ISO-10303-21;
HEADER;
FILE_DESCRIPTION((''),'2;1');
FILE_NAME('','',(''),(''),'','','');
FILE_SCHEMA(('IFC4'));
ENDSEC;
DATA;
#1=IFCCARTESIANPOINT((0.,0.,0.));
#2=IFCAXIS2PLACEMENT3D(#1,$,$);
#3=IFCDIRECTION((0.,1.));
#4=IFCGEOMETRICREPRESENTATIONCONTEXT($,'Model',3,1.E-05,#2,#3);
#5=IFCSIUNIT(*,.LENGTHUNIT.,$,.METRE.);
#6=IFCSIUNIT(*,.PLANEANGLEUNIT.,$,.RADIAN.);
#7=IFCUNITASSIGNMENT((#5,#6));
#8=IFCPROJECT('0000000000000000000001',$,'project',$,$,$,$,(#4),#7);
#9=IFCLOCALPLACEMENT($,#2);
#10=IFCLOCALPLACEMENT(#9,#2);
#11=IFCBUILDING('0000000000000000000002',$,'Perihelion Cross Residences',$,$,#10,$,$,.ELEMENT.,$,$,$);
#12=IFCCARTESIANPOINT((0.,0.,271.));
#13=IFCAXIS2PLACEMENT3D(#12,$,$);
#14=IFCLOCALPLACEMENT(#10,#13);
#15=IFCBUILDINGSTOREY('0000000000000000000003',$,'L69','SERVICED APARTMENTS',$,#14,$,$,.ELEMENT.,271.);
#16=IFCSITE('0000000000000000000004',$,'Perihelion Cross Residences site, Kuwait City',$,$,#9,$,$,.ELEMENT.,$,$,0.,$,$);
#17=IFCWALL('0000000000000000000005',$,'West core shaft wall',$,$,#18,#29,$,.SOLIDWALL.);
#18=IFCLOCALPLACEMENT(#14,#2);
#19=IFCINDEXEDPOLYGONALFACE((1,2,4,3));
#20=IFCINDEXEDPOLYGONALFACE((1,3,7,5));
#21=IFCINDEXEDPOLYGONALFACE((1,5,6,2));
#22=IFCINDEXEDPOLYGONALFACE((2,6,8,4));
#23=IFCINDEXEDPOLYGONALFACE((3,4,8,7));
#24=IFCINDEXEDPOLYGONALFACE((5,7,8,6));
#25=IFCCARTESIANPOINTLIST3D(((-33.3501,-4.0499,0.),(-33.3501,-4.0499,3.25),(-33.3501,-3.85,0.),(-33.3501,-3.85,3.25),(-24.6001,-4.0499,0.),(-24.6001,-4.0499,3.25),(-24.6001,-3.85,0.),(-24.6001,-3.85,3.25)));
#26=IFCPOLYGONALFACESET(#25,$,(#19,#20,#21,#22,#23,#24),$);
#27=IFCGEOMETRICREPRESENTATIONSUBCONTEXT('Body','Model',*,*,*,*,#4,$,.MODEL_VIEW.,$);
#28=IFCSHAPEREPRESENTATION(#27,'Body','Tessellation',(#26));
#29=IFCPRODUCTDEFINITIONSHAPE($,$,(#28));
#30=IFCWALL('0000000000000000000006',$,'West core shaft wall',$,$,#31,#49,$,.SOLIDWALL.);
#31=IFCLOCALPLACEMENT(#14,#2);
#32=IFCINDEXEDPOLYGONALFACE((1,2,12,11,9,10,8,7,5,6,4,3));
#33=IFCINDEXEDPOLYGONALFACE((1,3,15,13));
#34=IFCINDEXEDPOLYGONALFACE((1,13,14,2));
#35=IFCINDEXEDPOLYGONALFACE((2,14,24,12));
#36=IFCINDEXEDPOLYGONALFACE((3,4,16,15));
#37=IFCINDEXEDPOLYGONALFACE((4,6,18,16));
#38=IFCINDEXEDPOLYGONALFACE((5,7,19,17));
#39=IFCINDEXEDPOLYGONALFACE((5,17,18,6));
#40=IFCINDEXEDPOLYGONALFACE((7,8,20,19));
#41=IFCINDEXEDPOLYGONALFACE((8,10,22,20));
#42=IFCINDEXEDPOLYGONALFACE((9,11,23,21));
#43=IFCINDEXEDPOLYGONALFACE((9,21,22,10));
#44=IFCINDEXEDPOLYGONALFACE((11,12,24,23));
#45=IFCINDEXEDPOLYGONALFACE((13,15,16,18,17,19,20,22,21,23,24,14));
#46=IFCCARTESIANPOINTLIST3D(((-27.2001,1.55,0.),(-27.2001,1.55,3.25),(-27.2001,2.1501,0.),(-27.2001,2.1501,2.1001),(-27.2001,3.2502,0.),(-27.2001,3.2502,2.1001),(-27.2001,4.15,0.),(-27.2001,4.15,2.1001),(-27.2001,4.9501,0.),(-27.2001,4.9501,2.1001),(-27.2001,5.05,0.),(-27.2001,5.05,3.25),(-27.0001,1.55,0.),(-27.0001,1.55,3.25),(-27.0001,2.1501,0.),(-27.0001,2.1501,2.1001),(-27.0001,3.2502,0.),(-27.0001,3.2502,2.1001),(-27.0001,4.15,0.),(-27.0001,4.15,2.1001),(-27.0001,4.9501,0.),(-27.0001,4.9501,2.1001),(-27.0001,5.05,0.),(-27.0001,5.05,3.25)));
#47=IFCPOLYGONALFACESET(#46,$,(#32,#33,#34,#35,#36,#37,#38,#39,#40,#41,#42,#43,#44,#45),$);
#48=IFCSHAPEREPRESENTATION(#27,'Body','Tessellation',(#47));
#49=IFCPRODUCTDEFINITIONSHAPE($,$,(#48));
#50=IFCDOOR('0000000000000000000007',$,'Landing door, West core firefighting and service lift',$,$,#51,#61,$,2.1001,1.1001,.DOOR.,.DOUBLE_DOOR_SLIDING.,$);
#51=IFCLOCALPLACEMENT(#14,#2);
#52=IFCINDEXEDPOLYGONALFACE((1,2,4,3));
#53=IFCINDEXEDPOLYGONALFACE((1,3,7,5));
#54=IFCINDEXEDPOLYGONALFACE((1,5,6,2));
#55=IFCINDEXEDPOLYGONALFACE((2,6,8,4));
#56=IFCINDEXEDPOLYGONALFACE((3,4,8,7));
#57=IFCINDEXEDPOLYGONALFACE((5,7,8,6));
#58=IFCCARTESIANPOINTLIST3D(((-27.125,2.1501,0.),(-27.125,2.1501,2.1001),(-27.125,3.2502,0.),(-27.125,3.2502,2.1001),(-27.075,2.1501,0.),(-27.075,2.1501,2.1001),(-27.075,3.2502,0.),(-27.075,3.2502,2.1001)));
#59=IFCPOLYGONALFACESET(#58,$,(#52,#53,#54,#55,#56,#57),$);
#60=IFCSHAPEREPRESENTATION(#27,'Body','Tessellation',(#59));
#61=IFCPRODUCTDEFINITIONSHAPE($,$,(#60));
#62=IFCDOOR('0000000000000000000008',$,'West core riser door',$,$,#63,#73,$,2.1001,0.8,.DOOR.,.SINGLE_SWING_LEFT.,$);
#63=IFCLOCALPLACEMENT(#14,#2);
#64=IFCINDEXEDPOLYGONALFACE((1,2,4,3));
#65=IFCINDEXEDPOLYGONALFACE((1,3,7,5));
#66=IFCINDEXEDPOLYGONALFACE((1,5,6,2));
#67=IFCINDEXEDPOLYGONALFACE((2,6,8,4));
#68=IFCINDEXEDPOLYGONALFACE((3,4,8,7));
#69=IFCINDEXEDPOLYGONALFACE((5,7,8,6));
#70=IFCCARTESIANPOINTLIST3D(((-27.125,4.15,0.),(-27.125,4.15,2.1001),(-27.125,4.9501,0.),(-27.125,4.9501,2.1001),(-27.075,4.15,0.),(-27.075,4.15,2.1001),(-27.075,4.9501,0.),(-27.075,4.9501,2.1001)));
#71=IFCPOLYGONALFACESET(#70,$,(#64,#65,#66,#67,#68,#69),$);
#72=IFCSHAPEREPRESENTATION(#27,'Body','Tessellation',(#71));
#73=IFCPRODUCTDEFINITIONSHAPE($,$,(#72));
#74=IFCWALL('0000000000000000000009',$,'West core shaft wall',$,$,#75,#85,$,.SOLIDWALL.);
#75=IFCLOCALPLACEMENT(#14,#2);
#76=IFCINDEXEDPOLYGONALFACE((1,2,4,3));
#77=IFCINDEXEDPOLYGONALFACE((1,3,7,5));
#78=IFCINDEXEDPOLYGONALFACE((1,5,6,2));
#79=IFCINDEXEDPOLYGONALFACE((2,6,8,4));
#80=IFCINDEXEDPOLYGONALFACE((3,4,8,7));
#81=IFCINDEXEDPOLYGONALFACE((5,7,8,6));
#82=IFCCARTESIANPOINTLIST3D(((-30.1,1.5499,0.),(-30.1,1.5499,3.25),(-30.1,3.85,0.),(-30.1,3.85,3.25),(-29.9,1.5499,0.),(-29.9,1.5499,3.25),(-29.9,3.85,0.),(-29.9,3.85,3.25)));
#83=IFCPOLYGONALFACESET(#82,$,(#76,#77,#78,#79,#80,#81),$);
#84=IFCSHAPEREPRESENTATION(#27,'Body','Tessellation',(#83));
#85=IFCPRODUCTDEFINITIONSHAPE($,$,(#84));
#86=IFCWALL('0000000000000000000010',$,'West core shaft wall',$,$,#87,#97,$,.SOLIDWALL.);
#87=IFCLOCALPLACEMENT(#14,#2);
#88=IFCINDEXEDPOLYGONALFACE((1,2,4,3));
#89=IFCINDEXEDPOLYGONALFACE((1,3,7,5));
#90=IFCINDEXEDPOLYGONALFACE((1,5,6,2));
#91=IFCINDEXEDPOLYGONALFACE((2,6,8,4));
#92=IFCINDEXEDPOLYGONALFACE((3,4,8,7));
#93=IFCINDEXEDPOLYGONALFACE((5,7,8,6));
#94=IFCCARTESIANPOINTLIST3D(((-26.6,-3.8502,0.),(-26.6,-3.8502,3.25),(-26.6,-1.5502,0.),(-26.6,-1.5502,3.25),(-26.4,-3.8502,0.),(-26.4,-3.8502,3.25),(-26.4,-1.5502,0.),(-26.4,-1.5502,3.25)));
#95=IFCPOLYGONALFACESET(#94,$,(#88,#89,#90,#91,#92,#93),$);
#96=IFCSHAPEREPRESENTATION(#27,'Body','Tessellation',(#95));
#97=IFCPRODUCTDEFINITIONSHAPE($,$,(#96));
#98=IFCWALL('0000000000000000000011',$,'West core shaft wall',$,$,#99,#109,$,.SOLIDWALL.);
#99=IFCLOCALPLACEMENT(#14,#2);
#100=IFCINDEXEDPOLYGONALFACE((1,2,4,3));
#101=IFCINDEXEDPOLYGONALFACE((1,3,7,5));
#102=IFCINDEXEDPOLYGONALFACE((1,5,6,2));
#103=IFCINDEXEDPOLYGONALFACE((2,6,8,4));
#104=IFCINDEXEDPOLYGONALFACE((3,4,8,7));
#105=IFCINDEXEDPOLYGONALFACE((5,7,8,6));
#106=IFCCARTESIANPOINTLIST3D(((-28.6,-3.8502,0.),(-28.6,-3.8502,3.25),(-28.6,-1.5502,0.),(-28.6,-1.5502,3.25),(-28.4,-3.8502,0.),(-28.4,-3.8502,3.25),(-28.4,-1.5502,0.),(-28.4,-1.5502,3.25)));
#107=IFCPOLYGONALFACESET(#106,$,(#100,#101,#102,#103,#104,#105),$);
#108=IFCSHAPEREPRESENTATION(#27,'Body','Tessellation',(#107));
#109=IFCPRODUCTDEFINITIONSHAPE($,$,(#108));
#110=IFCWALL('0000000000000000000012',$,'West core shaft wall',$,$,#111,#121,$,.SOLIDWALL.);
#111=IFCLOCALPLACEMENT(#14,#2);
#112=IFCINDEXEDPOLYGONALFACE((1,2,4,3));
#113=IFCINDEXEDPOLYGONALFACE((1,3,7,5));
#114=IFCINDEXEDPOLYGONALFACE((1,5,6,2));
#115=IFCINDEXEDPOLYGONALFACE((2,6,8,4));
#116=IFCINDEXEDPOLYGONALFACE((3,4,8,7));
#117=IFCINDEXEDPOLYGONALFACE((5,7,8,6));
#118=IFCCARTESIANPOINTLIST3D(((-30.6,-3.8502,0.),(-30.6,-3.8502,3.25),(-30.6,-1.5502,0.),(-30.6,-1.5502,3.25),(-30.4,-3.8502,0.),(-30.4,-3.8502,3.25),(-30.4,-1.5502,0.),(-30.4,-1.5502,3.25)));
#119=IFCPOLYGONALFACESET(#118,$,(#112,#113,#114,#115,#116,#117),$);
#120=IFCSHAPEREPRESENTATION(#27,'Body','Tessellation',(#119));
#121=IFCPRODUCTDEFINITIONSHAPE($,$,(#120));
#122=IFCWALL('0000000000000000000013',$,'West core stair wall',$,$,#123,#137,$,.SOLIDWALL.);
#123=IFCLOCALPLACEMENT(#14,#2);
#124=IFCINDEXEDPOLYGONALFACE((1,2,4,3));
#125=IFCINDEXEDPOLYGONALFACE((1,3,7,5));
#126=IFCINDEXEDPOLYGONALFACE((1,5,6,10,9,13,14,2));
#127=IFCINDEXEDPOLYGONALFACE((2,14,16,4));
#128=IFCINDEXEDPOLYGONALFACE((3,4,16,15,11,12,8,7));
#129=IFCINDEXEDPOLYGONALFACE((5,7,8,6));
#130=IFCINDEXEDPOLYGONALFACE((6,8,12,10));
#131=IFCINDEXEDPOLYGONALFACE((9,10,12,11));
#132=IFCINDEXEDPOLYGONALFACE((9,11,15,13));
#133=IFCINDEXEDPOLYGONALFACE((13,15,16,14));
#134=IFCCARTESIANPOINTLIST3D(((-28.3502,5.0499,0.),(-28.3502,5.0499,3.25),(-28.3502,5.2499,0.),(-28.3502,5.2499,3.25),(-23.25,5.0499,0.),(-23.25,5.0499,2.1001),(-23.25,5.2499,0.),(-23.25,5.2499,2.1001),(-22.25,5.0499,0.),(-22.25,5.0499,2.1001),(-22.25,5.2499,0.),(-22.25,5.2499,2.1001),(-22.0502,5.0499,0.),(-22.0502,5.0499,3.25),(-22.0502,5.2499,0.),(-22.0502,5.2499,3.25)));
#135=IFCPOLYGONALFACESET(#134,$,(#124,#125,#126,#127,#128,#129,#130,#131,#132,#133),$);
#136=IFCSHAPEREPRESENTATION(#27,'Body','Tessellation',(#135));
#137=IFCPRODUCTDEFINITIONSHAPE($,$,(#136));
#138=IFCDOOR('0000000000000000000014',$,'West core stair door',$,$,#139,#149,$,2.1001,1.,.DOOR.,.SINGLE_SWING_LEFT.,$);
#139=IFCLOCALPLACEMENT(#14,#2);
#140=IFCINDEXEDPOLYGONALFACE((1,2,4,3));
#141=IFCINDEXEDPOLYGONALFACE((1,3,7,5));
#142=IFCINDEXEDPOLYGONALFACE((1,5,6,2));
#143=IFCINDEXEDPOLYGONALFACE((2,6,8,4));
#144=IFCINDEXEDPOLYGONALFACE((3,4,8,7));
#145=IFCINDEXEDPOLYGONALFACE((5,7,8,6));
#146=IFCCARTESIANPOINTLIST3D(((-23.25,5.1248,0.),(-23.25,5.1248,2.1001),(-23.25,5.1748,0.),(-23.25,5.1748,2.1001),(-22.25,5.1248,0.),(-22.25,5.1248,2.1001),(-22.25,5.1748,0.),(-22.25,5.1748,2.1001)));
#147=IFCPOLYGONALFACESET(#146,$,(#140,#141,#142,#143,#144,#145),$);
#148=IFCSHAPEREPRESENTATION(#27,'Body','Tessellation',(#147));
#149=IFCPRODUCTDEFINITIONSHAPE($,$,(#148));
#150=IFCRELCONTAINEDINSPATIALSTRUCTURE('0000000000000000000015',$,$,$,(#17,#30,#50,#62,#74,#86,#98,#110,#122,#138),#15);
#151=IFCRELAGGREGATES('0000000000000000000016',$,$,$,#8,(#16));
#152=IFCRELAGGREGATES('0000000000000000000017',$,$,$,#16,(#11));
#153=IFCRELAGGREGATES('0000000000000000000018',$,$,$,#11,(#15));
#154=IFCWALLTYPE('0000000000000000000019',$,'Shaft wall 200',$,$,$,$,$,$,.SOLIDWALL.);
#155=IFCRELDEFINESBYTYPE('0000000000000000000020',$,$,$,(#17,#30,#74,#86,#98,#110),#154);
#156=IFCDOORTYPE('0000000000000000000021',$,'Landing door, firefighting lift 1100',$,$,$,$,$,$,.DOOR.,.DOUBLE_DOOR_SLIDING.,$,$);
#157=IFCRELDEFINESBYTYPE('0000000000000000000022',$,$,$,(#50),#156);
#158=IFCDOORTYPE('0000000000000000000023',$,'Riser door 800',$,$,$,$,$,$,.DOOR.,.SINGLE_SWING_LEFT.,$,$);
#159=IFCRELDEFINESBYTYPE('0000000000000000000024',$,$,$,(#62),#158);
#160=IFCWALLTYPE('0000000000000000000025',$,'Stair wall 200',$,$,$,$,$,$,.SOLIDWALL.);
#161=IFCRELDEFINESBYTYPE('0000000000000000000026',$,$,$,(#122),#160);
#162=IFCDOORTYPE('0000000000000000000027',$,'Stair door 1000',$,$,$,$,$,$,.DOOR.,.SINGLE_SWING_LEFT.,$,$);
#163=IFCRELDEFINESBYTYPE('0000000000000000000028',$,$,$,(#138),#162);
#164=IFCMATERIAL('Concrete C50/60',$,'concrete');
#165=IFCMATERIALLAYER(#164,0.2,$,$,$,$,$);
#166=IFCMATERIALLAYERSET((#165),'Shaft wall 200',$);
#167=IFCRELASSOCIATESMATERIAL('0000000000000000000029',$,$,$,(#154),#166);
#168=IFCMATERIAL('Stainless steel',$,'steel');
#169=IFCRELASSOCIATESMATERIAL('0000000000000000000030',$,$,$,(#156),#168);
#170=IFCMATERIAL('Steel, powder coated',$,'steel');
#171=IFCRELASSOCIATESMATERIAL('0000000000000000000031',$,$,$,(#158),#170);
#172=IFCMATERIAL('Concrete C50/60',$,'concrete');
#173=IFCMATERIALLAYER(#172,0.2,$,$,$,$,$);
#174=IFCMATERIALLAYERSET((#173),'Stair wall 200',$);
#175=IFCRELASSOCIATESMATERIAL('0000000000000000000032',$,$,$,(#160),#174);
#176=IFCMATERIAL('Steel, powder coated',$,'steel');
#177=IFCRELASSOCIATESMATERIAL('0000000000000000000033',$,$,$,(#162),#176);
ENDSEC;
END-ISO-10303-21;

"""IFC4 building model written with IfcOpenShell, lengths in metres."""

from ifc_helpers import new_model, si_unit, direction, frame, frame_2d, origin, place, context, subcontext, project, spatial, rectangle, extrude, material, layer, layer_set, type_object, element, fill, save


model = new_model("IFC4")

# Units and contexts
model_context = context("Model", 3, precision=1e-05, world=origin(), true_north=direction((0.0, 1.0)))
body_context = subcontext(model_context, "Body", "Model", "MODEL_VIEW")
ifc_project = project(units=[si_unit("LENGTHUNIT", "METRE"), si_unit("PLANEANGLEUNIT", "RADIAN")], contexts=[model_context])

# Site, building, storey
site_placement = place(None, origin())
site = spatial("IfcSite", under=ifc_project, at=site_placement, Name="Perihelion Cross Residences site, Kuwait City", CompositionType="ELEMENT", RefElevation=0.0)
building_placement = place(site_placement, origin())
building = spatial("IfcBuilding", under=site, at=building_placement, Name="Perihelion Cross Residences", CompositionType="ELEMENT")
storey_placement = place(building_placement, frame((0.0, 0.0, 271.0)))
storey = spatial("IfcBuildingStorey", under=building, at=storey_placement, Name="L69", Description="SERVICED APARTMENTS", CompositionType="ELEMENT", Elevation=271.0)

# Shared definitions
ifc_material_1 = material(Name="Concrete C50/60", Category="concrete")
ifc_layer_1 = layer(ifc_material_1, 0.2)
ifc_layer_set_1 = layer_set([ifc_layer_1], Name="Shaft wall 200")
wall_type_1 = type_object("IfcWallType", Name="Shaft wall 200", PredefinedType="SOLIDWALL", material=ifc_layer_set_1)

# Wall
wall_1_placement = place(storey_placement, frame((-33.3501, -3.95, 0.0), z_axis=(0.0, 0.0, 1.0), x_axis=(1.0, 0.0, 0.0)))
element("IfcWall", 1, at=wall_1_placement, inside=storey, type_object=wall_type_1, Name="West core shaft wall", PredefinedType="SOLIDWALL", context=body_context, shape_type="SweptSolid", body=[
    extrude(rectangle(XDim=8.75, YDim=0.2, at=frame_2d((4.375, 0.0))), origin(), (0.0, 0.0, 1.0), 3.25),
])

# Wall, openings, doors
wall_2_placement = place(storey_placement, frame((-27.1001, 1.55, 0.0), z_axis=(0.0, 0.0, 1.0), x_axis=(0.0, 1.0, 0.0)))
wall_2 = element("IfcWall", 2, at=wall_2_placement, inside=storey, type_object=wall_type_1, Name="West core shaft wall", PredefinedType="SOLIDWALL", context=body_context, shape_type="SweptSolid", body=[
    extrude(rectangle(XDim=3.5, YDim=0.2, at=frame_2d((1.75, 0.0))), origin(), (0.0, 0.0, 1.0), 3.25),
])
opening_1_placement = place(wall_2_placement, frame((0.6001, 0.0, 0.0)))
opening_1 = element("IfcOpeningElement", 3, at=opening_1_placement, cuts=wall_2, PredefinedType="OPENING", context=body_context, shape_type="SweptSolid", body=[
    extrude(rectangle(XDim=1.1001, YDim=2.1001, at=frame_2d((0.55, 1.05))), frame((0.0, 0.1099, 0.0), z_axis=(0.0, -1.0, 0.0), x_axis=(1.0, 0.0, 0.0)), (0.0, 0.0, 1.0), 0.22),
])
opening_2_placement = place(wall_2_placement, frame((2.6001, 0.0, 0.0)))
opening_2 = element("IfcOpeningElement", 4, at=opening_2_placement, cuts=wall_2, PredefinedType="OPENING", context=body_context, shape_type="SweptSolid", body=[
    extrude(rectangle(XDim=0.8, YDim=2.1001, at=frame_2d((0.3999, 1.05))), frame((0.0, 0.1099, 0.0), z_axis=(0.0, -1.0, 0.0), x_axis=(1.0, 0.0, 0.0)), (0.0, 0.0, 1.0), 0.22),
])
ifc_material_2 = material(Name="Stainless steel", Category="steel")
door_type_1 = type_object("IfcDoorType", Name="Landing door, firefighting lift 1100", OperationType="DOUBLE_DOOR_SLIDING", PredefinedType="DOOR", material=ifc_material_2)
door_1_placement = place(opening_1_placement, origin())
door_1 = element("IfcDoor", 5, at=door_1_placement, inside=storey, type_object=door_type_1, Name="Landing door, West core firefighting and service lift", OperationType="DOUBLE_DOOR_SLIDING", OverallHeight=2.1001, OverallWidth=1.1001, PredefinedType="DOOR", context=body_context, shape_type="SweptSolid", body=[
    extrude(rectangle(XDim=1.1001, YDim=2.1001, at=frame_2d((0.55, 1.05))), frame((0.0, 0.0249, 0.0), z_axis=(0.0, -1.0, 0.0), x_axis=(1.0, 0.0, 0.0)), (0.0, 0.0, 1.0), 0.05),
])
fill(opening_1, door_1)
ifc_material_3 = material(Name="Steel, powder coated", Category="steel")
door_type_2 = type_object("IfcDoorType", Name="Riser door 800", OperationType="SINGLE_SWING_LEFT", PredefinedType="DOOR", material=ifc_material_3)
door_2_placement = place(opening_2_placement, origin())
door_2 = element("IfcDoor", 6, at=door_2_placement, inside=storey, type_object=door_type_2, Name="West core riser door", OperationType="SINGLE_SWING_LEFT", OverallHeight=2.1001, OverallWidth=0.8, PredefinedType="DOOR", context=body_context, shape_type="SweptSolid", body=[
    extrude(rectangle(XDim=0.8, YDim=2.1001, at=frame_2d((0.3999, 1.05))), frame((0.0, 0.0249, 0.0), z_axis=(0.0, -1.0, 0.0), x_axis=(1.0, 0.0, 0.0)), (0.0, 0.0, 1.0), 0.05),
])
fill(opening_2, door_2)

# Walls
for number, where, z_axis, x_axis, name in (
    (7, (-30.0, 1.55, 0.0), (0.0, 0.0, 1.0), (0.0, 1.0, 0.0), "West core shaft wall"),
    (8, (-26.5, -3.8501, 0.0), (0.0, 0.0, 1.0), (0.0, 1.0, 0.0), "West core shaft wall"),
    (9, (-28.5, -3.8501, 0.0), (0.0, 0.0, 1.0), (0.0, 1.0, 0.0), "West core shaft wall"),
    (10, (-30.5, -3.8501, 0.0), (0.0, 0.0, 1.0), (0.0, 1.0, 0.0), "West core shaft wall"),
):
    element("IfcWall", number, at=place(storey_placement, frame(where, z_axis=z_axis, x_axis=x_axis)), inside=storey, type_object=wall_type_1, Name=name, PredefinedType="SOLIDWALL", context=body_context, shape_type="SweptSolid", body=[
        extrude(rectangle(XDim=2.3, YDim=0.2, at=frame_2d((1.1499, 0.0))), origin(), (0.0, 0.0, 1.0), 3.25),
    ])

# Wall, opening, door
ifc_material_4 = material(Name="Concrete C50/60", Category="concrete")
ifc_layer_2 = layer(ifc_material_4, 0.2)
ifc_layer_set_2 = layer_set([ifc_layer_2], Name="Stair wall 200")
wall_type_2 = type_object("IfcWallType", Name="Stair wall 200", PredefinedType="SOLIDWALL", material=ifc_layer_set_2)
wall_3_placement = place(storey_placement, frame((-28.3501, 5.1499, 0.0), z_axis=(0.0, 0.0, 1.0), x_axis=(1.0, 0.0, 0.0)))
wall_3 = element("IfcWall", 11, at=wall_3_placement, inside=storey, type_object=wall_type_2, Name="West core stair wall", PredefinedType="SOLIDWALL", context=body_context, shape_type="SweptSolid", body=[
    extrude(rectangle(XDim=6.3, YDim=0.2, at=frame_2d((3.1499, 0.0))), origin(), (0.0, 0.0, 1.0), 3.25),
])
opening_3_placement = place(wall_3_placement, frame((5.1001, 0.0, 0.0)))
opening_3 = element("IfcOpeningElement", 12, at=opening_3_placement, cuts=wall_3, PredefinedType="OPENING", context=body_context, shape_type="SweptSolid", body=[
    extrude(rectangle(XDim=1.0, YDim=2.1001, at=frame_2d((0.5, 1.05))), frame((0.0, 0.1099, 0.0), z_axis=(0.0, -1.0, 0.0), x_axis=(1.0, 0.0, 0.0)), (0.0, 0.0, 1.0), 0.22),
])
ifc_material_5 = material(Name="Steel, powder coated", Category="steel")
door_type_3 = type_object("IfcDoorType", Name="Stair door 1000", OperationType="SINGLE_SWING_LEFT", PredefinedType="DOOR", material=ifc_material_5)
door_3_placement = place(opening_3_placement, origin())
door_3 = element("IfcDoor", 13, at=door_3_placement, inside=storey, type_object=door_type_3, Name="West core stair door", OperationType="SINGLE_SWING_LEFT", OverallHeight=2.1001, OverallWidth=1.0, PredefinedType="DOOR", context=body_context, shape_type="SweptSolid", body=[
    extrude(rectangle(XDim=1.0, YDim=2.1001, at=frame_2d((0.5, 1.05))), frame((0.0, 0.0249, 0.0), z_axis=(0.0, -1.0, 0.0), x_axis=(1.0, 0.0, 0.0)), (0.0, 0.0, 1.0), 0.05),
])
fill(opening_3, door_3)

save(model, "model.ifc")
